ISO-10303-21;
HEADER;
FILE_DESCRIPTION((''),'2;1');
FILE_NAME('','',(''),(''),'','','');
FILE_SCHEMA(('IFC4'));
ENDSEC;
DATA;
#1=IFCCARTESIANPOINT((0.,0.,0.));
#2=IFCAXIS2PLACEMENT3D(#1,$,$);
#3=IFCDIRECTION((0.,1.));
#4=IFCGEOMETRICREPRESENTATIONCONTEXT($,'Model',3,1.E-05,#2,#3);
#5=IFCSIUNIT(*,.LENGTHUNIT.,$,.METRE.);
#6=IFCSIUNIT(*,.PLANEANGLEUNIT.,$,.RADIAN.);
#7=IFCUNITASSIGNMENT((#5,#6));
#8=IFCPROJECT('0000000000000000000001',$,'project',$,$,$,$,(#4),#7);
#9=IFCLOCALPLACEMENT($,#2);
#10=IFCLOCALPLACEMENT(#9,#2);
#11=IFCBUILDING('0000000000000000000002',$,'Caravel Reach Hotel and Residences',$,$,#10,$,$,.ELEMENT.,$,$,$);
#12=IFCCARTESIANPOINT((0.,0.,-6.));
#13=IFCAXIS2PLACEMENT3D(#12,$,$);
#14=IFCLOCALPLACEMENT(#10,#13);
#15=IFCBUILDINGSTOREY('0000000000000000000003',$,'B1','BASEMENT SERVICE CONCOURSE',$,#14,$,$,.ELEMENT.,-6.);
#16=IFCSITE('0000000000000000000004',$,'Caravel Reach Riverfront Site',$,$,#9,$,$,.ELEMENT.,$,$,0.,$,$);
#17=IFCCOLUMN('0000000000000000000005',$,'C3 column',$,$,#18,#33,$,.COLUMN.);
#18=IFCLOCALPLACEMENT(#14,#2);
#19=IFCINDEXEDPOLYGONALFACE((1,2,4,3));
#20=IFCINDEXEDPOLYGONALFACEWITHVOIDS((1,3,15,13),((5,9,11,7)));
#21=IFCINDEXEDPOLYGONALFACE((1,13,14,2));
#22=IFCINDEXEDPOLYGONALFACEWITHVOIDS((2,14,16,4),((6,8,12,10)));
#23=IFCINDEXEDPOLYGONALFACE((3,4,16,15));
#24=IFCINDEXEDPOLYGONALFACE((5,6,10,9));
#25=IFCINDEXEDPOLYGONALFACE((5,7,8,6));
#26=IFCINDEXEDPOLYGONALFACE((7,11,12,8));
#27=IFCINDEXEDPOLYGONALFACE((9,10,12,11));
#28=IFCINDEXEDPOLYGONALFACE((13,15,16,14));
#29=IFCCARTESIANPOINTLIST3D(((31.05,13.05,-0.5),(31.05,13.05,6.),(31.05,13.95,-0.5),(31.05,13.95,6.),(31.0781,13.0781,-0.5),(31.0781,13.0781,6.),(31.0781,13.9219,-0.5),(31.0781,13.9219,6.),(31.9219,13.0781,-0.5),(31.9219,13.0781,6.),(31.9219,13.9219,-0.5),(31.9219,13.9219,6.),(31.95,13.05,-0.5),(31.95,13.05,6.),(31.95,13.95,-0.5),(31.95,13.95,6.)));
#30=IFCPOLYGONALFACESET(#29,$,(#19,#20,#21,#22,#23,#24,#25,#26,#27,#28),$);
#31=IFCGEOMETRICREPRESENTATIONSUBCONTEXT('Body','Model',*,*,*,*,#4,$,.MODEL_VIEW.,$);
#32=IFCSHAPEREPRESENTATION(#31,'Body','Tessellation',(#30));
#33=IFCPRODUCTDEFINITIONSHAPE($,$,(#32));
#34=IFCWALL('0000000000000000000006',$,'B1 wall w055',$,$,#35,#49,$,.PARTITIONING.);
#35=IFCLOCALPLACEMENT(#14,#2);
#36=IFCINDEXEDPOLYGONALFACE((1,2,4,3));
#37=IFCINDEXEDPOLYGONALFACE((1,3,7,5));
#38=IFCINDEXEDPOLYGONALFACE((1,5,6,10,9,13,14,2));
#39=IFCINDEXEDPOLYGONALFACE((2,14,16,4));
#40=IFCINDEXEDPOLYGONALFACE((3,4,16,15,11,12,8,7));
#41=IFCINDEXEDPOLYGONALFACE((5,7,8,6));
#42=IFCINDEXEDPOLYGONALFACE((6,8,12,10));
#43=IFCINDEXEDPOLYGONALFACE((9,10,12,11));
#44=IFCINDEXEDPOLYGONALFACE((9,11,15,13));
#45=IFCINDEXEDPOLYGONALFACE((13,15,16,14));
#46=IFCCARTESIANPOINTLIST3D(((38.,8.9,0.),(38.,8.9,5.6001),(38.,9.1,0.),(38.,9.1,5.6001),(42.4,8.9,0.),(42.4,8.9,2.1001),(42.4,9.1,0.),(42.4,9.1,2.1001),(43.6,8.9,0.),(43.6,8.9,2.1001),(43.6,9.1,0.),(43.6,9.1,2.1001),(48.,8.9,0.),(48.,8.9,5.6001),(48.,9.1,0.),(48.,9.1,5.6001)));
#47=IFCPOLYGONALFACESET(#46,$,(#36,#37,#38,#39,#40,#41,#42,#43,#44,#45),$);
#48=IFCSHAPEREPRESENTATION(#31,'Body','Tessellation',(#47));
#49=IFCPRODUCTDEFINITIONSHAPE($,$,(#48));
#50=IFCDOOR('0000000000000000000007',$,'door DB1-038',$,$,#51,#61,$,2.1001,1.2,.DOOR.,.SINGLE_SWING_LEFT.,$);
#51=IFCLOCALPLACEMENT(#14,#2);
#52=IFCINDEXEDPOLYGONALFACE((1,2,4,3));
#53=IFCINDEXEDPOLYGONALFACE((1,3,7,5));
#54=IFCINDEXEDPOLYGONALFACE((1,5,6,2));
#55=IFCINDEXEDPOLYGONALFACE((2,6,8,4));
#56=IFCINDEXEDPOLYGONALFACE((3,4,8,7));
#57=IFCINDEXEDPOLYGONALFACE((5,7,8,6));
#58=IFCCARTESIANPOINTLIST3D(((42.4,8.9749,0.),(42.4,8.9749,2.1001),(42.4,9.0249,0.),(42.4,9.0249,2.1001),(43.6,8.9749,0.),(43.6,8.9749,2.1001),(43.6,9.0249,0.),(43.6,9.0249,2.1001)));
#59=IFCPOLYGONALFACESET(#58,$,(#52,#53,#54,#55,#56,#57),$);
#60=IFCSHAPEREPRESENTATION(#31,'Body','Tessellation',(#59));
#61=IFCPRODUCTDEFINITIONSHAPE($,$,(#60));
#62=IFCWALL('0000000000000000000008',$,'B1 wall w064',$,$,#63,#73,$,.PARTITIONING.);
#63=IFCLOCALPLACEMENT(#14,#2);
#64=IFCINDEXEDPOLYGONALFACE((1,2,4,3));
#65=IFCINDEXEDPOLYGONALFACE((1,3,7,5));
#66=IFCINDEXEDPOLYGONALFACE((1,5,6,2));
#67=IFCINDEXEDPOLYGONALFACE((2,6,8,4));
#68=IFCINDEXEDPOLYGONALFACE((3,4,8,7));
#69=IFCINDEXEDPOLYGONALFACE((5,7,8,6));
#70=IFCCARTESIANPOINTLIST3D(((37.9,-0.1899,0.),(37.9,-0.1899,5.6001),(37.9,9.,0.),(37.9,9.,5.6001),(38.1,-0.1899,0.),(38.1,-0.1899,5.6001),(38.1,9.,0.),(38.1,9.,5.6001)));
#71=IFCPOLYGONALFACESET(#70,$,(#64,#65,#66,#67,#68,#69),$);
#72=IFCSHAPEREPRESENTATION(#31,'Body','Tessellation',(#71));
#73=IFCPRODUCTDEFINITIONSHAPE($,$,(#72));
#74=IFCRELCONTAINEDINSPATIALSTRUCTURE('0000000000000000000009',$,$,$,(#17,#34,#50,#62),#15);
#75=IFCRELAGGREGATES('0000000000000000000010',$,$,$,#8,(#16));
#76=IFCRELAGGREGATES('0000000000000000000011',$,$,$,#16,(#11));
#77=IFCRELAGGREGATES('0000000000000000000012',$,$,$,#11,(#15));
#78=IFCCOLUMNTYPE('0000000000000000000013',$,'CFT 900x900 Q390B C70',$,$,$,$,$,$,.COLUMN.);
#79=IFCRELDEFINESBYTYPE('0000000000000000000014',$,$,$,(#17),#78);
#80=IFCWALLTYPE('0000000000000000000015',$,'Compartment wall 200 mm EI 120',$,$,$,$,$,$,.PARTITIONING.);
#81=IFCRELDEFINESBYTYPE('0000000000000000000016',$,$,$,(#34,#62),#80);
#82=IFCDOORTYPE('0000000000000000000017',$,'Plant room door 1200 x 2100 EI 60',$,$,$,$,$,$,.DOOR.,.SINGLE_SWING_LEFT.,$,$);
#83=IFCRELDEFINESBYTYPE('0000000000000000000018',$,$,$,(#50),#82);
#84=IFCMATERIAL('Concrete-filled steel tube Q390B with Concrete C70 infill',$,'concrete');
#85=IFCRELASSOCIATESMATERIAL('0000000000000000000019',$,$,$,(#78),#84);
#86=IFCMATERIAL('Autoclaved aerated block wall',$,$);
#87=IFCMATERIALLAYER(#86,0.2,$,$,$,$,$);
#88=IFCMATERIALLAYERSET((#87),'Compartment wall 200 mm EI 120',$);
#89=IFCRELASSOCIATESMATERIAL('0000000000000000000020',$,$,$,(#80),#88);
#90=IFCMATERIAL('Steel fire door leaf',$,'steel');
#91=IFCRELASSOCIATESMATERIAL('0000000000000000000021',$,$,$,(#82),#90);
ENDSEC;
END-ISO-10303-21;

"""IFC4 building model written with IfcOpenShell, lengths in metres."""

from ifc_helpers import new_model, si_unit, direction, frame, frame_2d, origin, origin_2d, place, context, subcontext, project, spatial, rectangle, hollow_rectangle, extrude, material, layer, layer_set, material_profile, profile_set, type_object, element, fill, save


model = new_model("IFC4")

# Units and contexts
model_context = context("Model", 3, precision=1e-05, world=origin(), true_north=direction((0.0, 1.0)))
body_context = subcontext(model_context, "Body", "Model", "MODEL_VIEW")
ifc_project = project(units=[si_unit("LENGTHUNIT", "METRE"), si_unit("PLANEANGLEUNIT", "RADIAN")], contexts=[model_context])

# Site, building, storey
site_placement = place(None, origin())
site = spatial("IfcSite", under=ifc_project, at=site_placement, Name="Caravel Reach Riverfront Site", CompositionType="ELEMENT", RefElevation=0.0)
building_placement = place(site_placement, origin())
building = spatial("IfcBuilding", under=site, at=building_placement, Name="Caravel Reach Hotel and Residences", CompositionType="ELEMENT")
storey_placement = place(building_placement, frame((0.0, 0.0, -6.0)))
storey = spatial("IfcBuildingStorey", under=building, at=storey_placement, Name="B1", Description="BASEMENT SERVICE CONCOURSE", CompositionType="ELEMENT", Elevation=-6.0)

# Column
ifc_material_1 = material(Name="Concrete-filled steel tube Q390B with Concrete C70 infill", Category="concrete")
ifc_material_profile_1 = material_profile(ifc_material_1, hollow_rectangle(XDim=0.8999, YDim=0.8999, WallThickness=0.0281, at=origin_2d()), Name="RHS 900x900x28")
ifc_profile_set_1 = profile_set([ifc_material_profile_1], Name="Concrete-filled steel tube Q390B with Concrete C70 infill")
column_type_1 = type_object("IfcColumnType", Name="CFT 900x900 Q390B C70", PredefinedType="COLUMN", material=ifc_profile_set_1)
column_placement = place(storey_placement, frame((31.5, 13.5, -0.5), z_axis=(0.0, 0.0, 1.0), x_axis=(1.0, 0.0, 0.0)))
element("IfcColumn", 1, at=column_placement, inside=storey, type_object=column_type_1, Name="C3 column", PredefinedType="COLUMN", context=body_context, shape_type="SweptSolid", body=[
    extrude(hollow_rectangle(XDim=0.8999, YDim=0.8999, WallThickness=0.0281, at=origin_2d()), origin(), (0.0, 0.0, 1.0), 6.5),
])

# Wall, opening, door
ifc_material_2 = material(Name="Autoclaved aerated block wall")
ifc_layer = layer(ifc_material_2, 0.2)
ifc_layer_set = layer_set([ifc_layer], Name="Compartment wall 200 mm EI 120")
wall_type = type_object("IfcWallType", Name="Compartment wall 200 mm EI 120", PredefinedType="PARTITIONING", material=ifc_layer_set)
wall_1_placement = place(storey_placement, frame((38.0, 9.0, 0.0), z_axis=(0.0, 0.0, 1.0), x_axis=(1.0, 0.0, 0.0)))
wall_1 = element("IfcWall", 2, at=wall_1_placement, inside=storey, type_object=wall_type, Name="B1 wall w055", PredefinedType="PARTITIONING", context=body_context, shape_type="SweptSolid", body=[
    extrude(rectangle(XDim=10.0, YDim=0.2, at=frame_2d((5.0, 0.0))), origin(), (0.0, 0.0, 1.0), 5.6001),
])
opening_placement = place(wall_1_placement, frame((4.3999, 0.0, 0.0)))
opening = element("IfcOpeningElement", 3, at=opening_placement, cuts=wall_1, PredefinedType="OPENING", context=body_context, shape_type="SweptSolid", body=[
    extrude(rectangle(XDim=1.2, YDim=2.1001, at=frame_2d((0.6001, 1.05))), frame((0.0, 0.1099, 0.0), z_axis=(0.0, -1.0, 0.0), x_axis=(1.0, 0.0, 0.0)), (0.0, 0.0, 1.0), 0.22),
])
ifc_material_3 = material(Name="Steel fire door leaf", Category="steel")
door_type = type_object("IfcDoorType", Name="Plant room door 1200 x 2100 EI 60", OperationType="SINGLE_SWING_LEFT", PredefinedType="DOOR", material=ifc_material_3)
door_placement = place(opening_placement, origin())
door = element("IfcDoor", 4, at=door_placement, inside=storey, type_object=door_type, Name="door DB1-038", OperationType="SINGLE_SWING_LEFT", OverallHeight=2.1001, OverallWidth=1.2, PredefinedType="DOOR", context=body_context, shape_type="SweptSolid", body=[
    extrude(rectangle(XDim=1.2, YDim=2.1001, at=frame_2d((0.6001, 1.05))), frame((0.0, 0.0249, 0.0), z_axis=(0.0, -1.0, 0.0), x_axis=(1.0, 0.0, 0.0)), (0.0, 0.0, 1.0), 0.05),
])
fill(opening, door)

# Wall
wall_2_placement = place(storey_placement, frame((38.0, -0.1899, 0.0), z_axis=(0.0, 0.0, 1.0), x_axis=(0.0, 1.0, 0.0)))
element("IfcWall", 5, at=wall_2_placement, inside=storey, type_object=wall_type, Name="B1 wall w064", PredefinedType="PARTITIONING", context=body_context, shape_type="SweptSolid", body=[
    extrude(rectangle(XDim=9.1899, YDim=0.2, at=frame_2d((4.595, 0.0))), origin(), (0.0, 0.0, 1.0), 5.6001),
])

save(model, "model.ifc")
